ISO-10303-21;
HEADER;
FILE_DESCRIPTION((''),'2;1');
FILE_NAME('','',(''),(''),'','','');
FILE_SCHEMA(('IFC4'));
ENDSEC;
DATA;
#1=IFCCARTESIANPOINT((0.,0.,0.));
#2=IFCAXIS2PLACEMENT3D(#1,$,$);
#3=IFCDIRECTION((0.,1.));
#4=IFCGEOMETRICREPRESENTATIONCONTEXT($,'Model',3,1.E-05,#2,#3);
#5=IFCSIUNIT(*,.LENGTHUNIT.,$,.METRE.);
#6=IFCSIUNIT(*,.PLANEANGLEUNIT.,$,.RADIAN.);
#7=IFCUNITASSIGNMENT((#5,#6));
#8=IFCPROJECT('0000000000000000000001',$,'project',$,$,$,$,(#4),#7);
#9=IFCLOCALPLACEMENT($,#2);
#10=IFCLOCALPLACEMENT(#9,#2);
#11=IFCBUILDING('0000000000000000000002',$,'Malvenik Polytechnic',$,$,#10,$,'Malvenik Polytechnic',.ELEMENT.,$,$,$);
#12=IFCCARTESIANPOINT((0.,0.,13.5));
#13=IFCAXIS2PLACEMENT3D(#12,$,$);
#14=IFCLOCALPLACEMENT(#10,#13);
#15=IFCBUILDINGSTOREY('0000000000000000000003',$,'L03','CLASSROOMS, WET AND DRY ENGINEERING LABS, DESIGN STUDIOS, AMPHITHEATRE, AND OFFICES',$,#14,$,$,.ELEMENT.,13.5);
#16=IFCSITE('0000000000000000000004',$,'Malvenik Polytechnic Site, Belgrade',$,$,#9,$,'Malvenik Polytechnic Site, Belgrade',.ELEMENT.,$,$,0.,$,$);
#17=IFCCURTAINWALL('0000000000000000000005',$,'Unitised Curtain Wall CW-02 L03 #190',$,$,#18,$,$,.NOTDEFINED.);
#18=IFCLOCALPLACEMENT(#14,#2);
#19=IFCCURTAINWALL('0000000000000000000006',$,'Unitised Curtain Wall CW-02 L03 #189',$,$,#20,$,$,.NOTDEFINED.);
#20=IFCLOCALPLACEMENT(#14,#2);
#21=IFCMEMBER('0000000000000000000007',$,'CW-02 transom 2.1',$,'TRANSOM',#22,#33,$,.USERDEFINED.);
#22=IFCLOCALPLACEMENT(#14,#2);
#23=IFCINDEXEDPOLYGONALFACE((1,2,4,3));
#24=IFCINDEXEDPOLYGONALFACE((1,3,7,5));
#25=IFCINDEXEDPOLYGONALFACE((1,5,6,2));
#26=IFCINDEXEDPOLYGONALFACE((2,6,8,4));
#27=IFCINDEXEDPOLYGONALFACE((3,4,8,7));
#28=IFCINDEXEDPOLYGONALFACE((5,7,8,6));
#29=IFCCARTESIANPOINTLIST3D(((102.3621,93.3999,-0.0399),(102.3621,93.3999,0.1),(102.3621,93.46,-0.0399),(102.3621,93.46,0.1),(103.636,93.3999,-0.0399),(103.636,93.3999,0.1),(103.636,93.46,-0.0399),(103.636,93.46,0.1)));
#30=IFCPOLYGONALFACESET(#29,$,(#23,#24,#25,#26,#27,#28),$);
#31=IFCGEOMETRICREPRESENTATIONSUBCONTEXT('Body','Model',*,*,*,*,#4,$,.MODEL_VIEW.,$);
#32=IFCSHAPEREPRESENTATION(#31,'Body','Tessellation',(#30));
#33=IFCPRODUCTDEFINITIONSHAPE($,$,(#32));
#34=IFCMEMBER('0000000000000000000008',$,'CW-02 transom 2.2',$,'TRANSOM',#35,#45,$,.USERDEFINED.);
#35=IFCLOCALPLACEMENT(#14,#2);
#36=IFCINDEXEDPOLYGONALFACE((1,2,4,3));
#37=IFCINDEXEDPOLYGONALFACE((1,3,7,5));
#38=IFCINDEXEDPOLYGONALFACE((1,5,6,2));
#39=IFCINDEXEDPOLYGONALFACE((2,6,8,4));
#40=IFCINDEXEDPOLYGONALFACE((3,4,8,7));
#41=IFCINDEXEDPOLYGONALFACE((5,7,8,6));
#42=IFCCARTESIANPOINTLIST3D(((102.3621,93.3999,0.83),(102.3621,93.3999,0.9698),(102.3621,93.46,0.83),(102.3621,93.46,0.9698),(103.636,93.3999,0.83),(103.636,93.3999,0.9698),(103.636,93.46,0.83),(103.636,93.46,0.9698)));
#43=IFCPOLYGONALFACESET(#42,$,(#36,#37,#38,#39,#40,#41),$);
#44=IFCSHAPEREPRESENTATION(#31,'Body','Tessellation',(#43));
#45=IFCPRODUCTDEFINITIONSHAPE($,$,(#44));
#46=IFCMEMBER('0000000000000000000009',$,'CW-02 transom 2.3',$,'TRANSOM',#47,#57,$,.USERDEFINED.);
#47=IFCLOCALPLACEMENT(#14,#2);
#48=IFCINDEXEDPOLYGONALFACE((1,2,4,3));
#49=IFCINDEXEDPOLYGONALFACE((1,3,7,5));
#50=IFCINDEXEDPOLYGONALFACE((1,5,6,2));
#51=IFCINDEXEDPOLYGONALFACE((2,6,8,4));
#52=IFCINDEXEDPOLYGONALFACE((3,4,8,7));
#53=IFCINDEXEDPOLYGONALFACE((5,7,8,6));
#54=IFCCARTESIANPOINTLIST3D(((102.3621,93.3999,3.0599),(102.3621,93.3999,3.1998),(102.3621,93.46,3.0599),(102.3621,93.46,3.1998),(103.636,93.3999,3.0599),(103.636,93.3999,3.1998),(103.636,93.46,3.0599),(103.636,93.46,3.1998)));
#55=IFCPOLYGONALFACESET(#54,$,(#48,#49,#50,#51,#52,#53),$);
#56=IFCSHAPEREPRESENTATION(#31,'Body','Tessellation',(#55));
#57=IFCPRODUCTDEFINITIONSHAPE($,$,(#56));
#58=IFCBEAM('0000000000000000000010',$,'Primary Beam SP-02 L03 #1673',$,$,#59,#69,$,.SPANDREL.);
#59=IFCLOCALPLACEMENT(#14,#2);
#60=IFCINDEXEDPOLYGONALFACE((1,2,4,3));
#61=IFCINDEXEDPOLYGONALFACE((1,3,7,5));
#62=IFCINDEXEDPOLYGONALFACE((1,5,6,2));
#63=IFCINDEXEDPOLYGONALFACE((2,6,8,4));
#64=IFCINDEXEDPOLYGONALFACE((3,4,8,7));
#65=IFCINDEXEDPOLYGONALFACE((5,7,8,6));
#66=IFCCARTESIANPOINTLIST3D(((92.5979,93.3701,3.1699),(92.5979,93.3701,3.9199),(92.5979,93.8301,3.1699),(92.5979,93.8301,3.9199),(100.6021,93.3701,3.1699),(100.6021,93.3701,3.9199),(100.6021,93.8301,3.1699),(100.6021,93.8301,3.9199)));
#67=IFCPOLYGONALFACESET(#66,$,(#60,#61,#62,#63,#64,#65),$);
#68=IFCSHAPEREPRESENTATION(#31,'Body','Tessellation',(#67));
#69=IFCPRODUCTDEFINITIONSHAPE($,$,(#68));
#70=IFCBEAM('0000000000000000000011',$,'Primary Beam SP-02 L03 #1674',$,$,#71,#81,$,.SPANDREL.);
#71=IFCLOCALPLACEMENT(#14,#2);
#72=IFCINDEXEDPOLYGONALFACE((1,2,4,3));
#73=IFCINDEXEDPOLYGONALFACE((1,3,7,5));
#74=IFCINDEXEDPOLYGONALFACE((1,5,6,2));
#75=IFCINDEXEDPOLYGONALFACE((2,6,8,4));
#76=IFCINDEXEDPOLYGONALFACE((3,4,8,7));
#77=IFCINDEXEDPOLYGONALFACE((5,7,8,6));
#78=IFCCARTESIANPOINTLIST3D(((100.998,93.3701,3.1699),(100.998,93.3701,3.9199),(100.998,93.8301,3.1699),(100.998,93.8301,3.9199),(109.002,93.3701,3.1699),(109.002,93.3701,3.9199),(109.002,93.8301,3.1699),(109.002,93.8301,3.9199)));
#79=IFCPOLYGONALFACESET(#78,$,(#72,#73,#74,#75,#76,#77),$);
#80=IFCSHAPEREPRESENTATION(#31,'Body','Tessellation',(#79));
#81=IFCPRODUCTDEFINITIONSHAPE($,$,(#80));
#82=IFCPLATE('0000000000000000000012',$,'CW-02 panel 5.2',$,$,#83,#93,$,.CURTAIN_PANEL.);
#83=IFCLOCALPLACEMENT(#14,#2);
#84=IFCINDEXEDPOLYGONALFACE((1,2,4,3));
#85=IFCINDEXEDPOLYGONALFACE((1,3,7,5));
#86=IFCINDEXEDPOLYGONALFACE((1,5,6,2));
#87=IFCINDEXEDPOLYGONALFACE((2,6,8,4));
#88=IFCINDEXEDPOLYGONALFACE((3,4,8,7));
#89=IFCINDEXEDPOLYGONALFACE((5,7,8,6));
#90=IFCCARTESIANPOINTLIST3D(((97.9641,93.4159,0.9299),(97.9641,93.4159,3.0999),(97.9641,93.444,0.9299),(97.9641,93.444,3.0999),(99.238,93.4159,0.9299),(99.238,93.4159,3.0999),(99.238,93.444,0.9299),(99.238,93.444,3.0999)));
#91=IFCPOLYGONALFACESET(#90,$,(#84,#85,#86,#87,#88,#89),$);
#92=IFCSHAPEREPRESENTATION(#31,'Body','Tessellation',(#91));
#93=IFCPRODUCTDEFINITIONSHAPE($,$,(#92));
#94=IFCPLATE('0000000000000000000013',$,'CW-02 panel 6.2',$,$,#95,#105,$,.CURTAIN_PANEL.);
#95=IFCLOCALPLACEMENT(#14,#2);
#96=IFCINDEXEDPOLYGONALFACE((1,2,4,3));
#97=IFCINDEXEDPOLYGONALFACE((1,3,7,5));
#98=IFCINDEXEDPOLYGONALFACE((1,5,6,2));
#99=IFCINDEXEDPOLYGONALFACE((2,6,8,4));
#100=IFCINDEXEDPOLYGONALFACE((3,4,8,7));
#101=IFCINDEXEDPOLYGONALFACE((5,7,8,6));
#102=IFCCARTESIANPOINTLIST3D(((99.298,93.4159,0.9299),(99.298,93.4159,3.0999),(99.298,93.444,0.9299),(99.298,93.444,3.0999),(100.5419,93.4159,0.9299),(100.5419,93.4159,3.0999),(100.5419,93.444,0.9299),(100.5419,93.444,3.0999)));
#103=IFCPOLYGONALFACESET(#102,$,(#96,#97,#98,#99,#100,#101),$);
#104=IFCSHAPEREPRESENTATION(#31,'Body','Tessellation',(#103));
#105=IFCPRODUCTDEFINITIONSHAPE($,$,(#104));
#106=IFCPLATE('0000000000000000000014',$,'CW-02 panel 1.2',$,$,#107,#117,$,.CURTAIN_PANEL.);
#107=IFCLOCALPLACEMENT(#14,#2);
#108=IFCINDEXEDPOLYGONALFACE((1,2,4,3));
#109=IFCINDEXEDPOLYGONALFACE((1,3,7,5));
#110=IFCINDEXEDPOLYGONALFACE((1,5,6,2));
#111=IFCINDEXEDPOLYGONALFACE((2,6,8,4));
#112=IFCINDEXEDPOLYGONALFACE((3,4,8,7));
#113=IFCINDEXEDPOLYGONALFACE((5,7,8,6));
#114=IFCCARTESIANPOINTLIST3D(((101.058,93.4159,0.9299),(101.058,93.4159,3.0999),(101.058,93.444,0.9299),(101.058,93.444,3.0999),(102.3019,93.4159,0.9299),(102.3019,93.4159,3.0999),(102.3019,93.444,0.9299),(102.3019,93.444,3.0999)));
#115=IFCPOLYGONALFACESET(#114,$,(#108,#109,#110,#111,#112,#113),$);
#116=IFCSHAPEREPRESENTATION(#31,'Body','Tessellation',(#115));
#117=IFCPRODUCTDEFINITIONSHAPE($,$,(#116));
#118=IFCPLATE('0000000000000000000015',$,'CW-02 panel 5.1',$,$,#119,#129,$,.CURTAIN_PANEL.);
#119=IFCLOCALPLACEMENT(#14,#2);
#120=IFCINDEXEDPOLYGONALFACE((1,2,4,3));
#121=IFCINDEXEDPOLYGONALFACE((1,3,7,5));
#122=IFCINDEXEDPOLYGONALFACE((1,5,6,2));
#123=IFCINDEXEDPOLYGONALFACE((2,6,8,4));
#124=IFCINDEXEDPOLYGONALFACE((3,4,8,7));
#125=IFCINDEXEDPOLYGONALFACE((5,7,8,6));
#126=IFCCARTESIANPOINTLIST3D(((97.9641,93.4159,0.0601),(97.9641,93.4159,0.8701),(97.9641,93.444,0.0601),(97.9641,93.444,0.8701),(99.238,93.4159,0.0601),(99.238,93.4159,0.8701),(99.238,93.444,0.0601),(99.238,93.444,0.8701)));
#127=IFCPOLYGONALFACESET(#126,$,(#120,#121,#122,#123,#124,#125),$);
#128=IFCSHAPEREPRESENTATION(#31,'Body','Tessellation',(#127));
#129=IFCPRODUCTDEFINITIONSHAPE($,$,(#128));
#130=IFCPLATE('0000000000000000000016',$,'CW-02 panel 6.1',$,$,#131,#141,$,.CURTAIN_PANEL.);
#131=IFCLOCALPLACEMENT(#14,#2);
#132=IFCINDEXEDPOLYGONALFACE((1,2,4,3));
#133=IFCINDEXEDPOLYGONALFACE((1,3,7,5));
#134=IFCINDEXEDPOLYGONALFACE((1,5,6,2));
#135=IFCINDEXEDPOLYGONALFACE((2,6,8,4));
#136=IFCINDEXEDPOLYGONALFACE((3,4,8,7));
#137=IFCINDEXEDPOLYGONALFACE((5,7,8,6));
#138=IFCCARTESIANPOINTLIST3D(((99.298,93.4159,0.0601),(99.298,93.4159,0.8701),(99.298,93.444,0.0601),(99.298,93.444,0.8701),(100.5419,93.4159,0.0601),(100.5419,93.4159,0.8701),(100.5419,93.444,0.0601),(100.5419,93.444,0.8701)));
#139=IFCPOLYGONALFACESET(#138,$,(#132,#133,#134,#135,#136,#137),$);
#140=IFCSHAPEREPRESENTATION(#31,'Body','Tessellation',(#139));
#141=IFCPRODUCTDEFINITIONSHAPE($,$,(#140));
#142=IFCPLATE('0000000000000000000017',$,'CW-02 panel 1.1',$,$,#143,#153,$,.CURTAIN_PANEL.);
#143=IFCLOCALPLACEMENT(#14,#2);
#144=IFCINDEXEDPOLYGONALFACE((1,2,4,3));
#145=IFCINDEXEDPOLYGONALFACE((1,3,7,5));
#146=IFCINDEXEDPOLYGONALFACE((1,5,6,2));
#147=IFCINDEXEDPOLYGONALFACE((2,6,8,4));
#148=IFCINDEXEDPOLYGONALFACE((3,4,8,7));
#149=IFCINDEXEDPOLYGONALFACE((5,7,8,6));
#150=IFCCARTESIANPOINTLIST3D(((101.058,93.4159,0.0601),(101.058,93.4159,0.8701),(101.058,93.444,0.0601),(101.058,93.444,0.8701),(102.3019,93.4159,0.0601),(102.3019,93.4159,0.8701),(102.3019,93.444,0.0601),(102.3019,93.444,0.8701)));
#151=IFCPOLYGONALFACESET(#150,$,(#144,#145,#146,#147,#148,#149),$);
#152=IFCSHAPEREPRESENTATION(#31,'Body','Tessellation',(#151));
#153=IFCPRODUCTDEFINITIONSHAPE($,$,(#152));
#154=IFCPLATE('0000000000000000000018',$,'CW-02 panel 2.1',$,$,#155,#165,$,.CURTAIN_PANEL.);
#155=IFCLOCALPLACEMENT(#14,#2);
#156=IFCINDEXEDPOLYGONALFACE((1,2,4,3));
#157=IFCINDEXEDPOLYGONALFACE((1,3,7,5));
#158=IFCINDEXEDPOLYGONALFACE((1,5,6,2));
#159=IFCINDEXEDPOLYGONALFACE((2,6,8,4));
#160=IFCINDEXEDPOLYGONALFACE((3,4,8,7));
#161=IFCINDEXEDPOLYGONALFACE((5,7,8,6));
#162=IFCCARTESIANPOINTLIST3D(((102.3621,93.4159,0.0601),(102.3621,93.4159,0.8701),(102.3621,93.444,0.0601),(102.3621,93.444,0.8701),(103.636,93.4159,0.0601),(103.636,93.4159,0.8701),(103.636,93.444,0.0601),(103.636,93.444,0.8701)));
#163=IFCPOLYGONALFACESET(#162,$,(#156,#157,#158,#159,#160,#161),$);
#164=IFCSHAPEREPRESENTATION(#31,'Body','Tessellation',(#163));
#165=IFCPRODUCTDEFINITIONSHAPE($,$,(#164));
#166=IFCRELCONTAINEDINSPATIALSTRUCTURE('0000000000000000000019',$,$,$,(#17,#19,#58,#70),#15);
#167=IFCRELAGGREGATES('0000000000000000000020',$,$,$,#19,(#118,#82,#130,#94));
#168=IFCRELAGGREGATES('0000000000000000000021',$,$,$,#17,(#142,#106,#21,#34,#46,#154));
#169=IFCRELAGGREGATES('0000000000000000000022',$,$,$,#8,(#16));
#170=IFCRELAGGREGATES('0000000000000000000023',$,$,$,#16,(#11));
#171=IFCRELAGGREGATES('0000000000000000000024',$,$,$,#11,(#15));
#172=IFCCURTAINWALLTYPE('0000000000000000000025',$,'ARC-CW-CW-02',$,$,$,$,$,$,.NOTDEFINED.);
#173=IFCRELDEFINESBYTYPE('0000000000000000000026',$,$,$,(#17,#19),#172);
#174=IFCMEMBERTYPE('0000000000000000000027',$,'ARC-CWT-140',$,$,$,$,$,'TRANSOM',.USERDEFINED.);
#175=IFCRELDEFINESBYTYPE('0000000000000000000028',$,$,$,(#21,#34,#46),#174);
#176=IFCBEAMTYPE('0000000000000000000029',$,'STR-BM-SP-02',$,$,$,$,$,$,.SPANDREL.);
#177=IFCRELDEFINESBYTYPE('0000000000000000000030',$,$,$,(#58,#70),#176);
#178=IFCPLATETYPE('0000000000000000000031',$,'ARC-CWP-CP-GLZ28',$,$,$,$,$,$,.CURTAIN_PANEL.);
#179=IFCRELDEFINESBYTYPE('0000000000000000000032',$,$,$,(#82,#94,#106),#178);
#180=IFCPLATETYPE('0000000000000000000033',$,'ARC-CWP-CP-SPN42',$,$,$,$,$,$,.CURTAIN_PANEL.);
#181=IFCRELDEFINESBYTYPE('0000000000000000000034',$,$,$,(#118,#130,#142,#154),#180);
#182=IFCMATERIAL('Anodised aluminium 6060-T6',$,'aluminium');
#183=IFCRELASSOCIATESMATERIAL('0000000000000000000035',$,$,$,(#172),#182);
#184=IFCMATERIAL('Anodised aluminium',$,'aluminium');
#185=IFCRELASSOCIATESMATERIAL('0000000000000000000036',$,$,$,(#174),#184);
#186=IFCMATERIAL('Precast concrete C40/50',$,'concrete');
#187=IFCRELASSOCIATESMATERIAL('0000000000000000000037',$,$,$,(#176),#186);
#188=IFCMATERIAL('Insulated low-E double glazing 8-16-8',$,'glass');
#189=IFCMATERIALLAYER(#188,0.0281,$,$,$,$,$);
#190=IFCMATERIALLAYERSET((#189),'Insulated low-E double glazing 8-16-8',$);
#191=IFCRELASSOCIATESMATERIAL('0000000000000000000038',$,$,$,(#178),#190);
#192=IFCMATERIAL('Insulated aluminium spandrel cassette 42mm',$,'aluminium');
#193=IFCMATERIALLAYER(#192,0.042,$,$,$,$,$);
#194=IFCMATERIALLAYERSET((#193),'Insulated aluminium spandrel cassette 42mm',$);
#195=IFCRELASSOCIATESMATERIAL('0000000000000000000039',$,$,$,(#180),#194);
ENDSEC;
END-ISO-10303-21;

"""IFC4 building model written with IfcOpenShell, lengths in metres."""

from ifc_helpers import new_model, si_unit, direction, frame, origin, origin_2d, place, context, subcontext, project, spatial, rectangle, extrude, material, layer, layer_set, material_profile, profile_set, type_object, element, aggregate, save


model = new_model("IFC4")

# Units and contexts
model_context = context("Model", 3, precision=1e-05, world=origin(), true_north=direction((0.0, 1.0)))
body_context = subcontext(model_context, "Body", "Model", "MODEL_VIEW")
ifc_project = project(units=[si_unit("LENGTHUNIT", "METRE"), si_unit("PLANEANGLEUNIT", "RADIAN")], contexts=[model_context])

# Site, building, storey
site_placement = place(None, origin())
site = spatial("IfcSite", under=ifc_project, at=site_placement, Name="Malvenik Polytechnic Site, Belgrade", LongName="Malvenik Polytechnic Site, Belgrade", CompositionType="ELEMENT", RefElevation=0.0)
building_placement = place(site_placement, origin())
building = spatial("IfcBuilding", under=site, at=building_placement, Name="Malvenik Polytechnic", LongName="Malvenik Polytechnic", CompositionType="ELEMENT")
storey_placement = place(building_placement, frame((0.0, 0.0, 13.5)))
storey = spatial("IfcBuildingStorey", under=building, at=storey_placement, Name="L03", Description="CLASSROOMS, WET AND DRY ENGINEERING LABS, DESIGN STUDIOS, AMPHITHEATRE, AND OFFICES", CompositionType="ELEMENT", Elevation=13.5)

# Curtain walls
ifc_material_1 = material(Name="Anodised aluminium 6060-T6", Category="aluminium")
curtain_wall_type = type_object("IfcCurtainWallType", Name="ARC-CW-CW-02", PredefinedType="NOTDEFINED", material=ifc_material_1)
curtain_wall_1_placement = place(storey_placement, origin())
curtain_wall_1 = element("IfcCurtainWall", 1, at=curtain_wall_1_placement, inside=storey, type_object=curtain_wall_type, Name="Unitised Curtain Wall CW-02 L03 #190", PredefinedType="NOTDEFINED")
ifc_material_2 = material(Name="Anodised aluminium", Category="aluminium")
curtain_wall_2_placement = place(storey_placement, origin())
curtain_wall_2 = element("IfcCurtainWall", 2, at=curtain_wall_2_placement, inside=storey, type_object=curtain_wall_type, Name="Unitised Curtain Wall CW-02 L03 #189", PredefinedType="NOTDEFINED")

# Members
ifc_material_profile_1 = material_profile(ifc_material_2, rectangle(XDim=0.0601, YDim=0.1399, at=origin_2d()), Name="ALU TRANSOM 60x140")
ifc_profile_set_1 = profile_set([ifc_material_profile_1], Name="Anodised aluminium")
member_type_1 = type_object("IfcMemberType", Name="ARC-CWT-140", ElementType="TRANSOM", PredefinedType="USERDEFINED", material=ifc_profile_set_1)
member_1_placement = place(storey_placement, frame((102.3621, 93.4299, 0.03), z_axis=(1.0, 0.0, 0.0), x_axis=(0.0, 1.0, 0.0)))
member_1 = element("IfcMember", 3, at=member_1_placement, type_object=member_type_1, Name="CW-02 transom 2.1", ObjectType="TRANSOM", PredefinedType="USERDEFINED", context=body_context, shape_type="SweptSolid", body=[
    extrude(rectangle(XDim=0.0601, YDim=0.1399, at=origin_2d()), origin(), (0.0, 0.0, 1.0), 1.2739),
])
member_2_placement = place(storey_placement, frame((102.3621, 93.4299, 0.8999), z_axis=(1.0, 0.0, 0.0), x_axis=(0.0, 1.0, 0.0)))
member_2 = element("IfcMember", 4, at=member_2_placement, type_object=member_type_1, Name="CW-02 transom 2.2", ObjectType="TRANSOM", PredefinedType="USERDEFINED", context=body_context, shape_type="SweptSolid", body=[
    extrude(rectangle(XDim=0.0601, YDim=0.1399, at=origin_2d()), origin(), (0.0, 0.0, 1.0), 1.2739),
])
member_3_placement = place(storey_placement, frame((102.3621, 93.4299, 3.1299), z_axis=(1.0, 0.0, 0.0), x_axis=(0.0, 1.0, 0.0)))
member_3 = element("IfcMember", 5, at=member_3_placement, type_object=member_type_1, Name="CW-02 transom 2.3", ObjectType="TRANSOM", PredefinedType="USERDEFINED", context=body_context, shape_type="SweptSolid", body=[
    extrude(rectangle(XDim=0.0601, YDim=0.1399, at=origin_2d()), origin(), (0.0, 0.0, 1.0), 1.2739),
])

# Beams
ifc_material_3 = material(Name="Precast concrete C40/50", Category="concrete")
ifc_material_profile_2 = material_profile(ifc_material_3, rectangle(XDim=0.46, YDim=0.75, at=origin_2d()), Name="PC SPN 460x750")
ifc_profile_set_2 = profile_set([ifc_material_profile_2], Name="Precast concrete C40/50")
beam_type = type_object("IfcBeamType", Name="STR-BM-SP-02", PredefinedType="SPANDREL", material=ifc_profile_set_2)
beam_1_placement = place(storey_placement, frame((92.5979, 93.6001, 3.5449), z_axis=(1.0, 0.0, 0.0), x_axis=(0.0, 1.0, 0.0)))
element("IfcBeam", 6, at=beam_1_placement, inside=storey, type_object=beam_type, Name="Primary Beam SP-02 L03 #1673", PredefinedType="SPANDREL", context=body_context, shape_type="SweptSolid", body=[
    extrude(rectangle(XDim=0.46, YDim=0.75, at=origin_2d()), origin(), (0.0, 0.0, 1.0), 8.0042),
])
beam_2_placement = place(storey_placement, frame((100.998, 93.6001, 3.5449), z_axis=(1.0, 0.0, 0.0), x_axis=(0.0, 1.0, 0.0)))
element("IfcBeam", 7, at=beam_2_placement, inside=storey, type_object=beam_type, Name="Primary Beam SP-02 L03 #1674", PredefinedType="SPANDREL", context=body_context, shape_type="SweptSolid", body=[
    extrude(rectangle(XDim=0.46, YDim=0.75, at=origin_2d()), origin(), (0.0, 0.0, 1.0), 8.0039),
])

# Plates
ifc_material_4 = material(Name="Insulated low-E double glazing 8-16-8", Category="glass")
ifc_layer_1 = layer(ifc_material_4, 0.0281)
ifc_layer_set_1 = layer_set([ifc_layer_1], Name="Insulated low-E double glazing 8-16-8")
plate_type_1 = type_object("IfcPlateType", Name="ARC-CWP-CP-GLZ28", PredefinedType="CURTAIN_PANEL", material=ifc_layer_set_1)
plate_1_placement = place(storey_placement, frame((98.6011, 93.4299, 0.9299), z_axis=(0.0, 0.0, 1.0), x_axis=(1.0, 0.0, 0.0)))
plate_1 = element("IfcPlate", 8, at=plate_1_placement, type_object=plate_type_1, Name="CW-02 panel 5.2", PredefinedType="CURTAIN_PANEL", context=body_context, shape_type="SweptSolid", body=[
    extrude(rectangle(XDim=1.2739, YDim=0.0281, at=origin_2d()), origin(), (0.0, 0.0, 1.0), 2.1699),
])
plate_2_placement = place(storey_placement, frame((99.9199, 93.4299, 0.9299), z_axis=(0.0, 0.0, 1.0), x_axis=(1.0, 0.0, 0.0)))
plate_2 = element("IfcPlate", 9, at=plate_2_placement, type_object=plate_type_1, Name="CW-02 panel 6.2", PredefinedType="CURTAIN_PANEL", context=body_context, shape_type="SweptSolid", body=[
    extrude(rectangle(XDim=1.2439, YDim=0.0281, at=origin_2d()), origin(), (0.0, 0.0, 1.0), 2.1699),
])
plate_3_placement = place(storey_placement, frame((101.6799, 93.4299, 0.9299), z_axis=(0.0, 0.0, 1.0), x_axis=(1.0, 0.0, 0.0)))
plate_3 = element("IfcPlate", 10, at=plate_3_placement, type_object=plate_type_1, Name="CW-02 panel 1.2", PredefinedType="CURTAIN_PANEL", context=body_context, shape_type="SweptSolid", body=[
    extrude(rectangle(XDim=1.2439, YDim=0.0281, at=origin_2d()), origin(), (0.0, 0.0, 1.0), 2.1699),
])
ifc_material_5 = material(Name="Insulated aluminium spandrel cassette 42mm", Category="aluminium")
ifc_layer_2 = layer(ifc_material_5, 0.042)
ifc_layer_set_2 = layer_set([ifc_layer_2], Name="Insulated aluminium spandrel cassette 42mm")
plate_type_2 = type_object("IfcPlateType", Name="ARC-CWP-CP-SPN42", PredefinedType="CURTAIN_PANEL", material=ifc_layer_set_2)
plate_4_placement = place(storey_placement, frame((98.6011, 93.4299, 0.0601), z_axis=(0.0, 0.0, 1.0), x_axis=(1.0, 0.0, 0.0)))
plate_4 = element("IfcPlate", 11, at=plate_4_placement, type_object=plate_type_2, Name="CW-02 panel 5.1", PredefinedType="CURTAIN_PANEL", context=body_context, shape_type="SweptSolid", body=[
    extrude(rectangle(XDim=1.2739, YDim=0.0281, at=origin_2d()), origin(), (0.0, 0.0, 1.0), 0.8101),
])
plate_5_placement = place(storey_placement, frame((99.9199, 93.4299, 0.0601), z_axis=(0.0, 0.0, 1.0), x_axis=(1.0, 0.0, 0.0)))
plate_5 = element("IfcPlate", 12, at=plate_5_placement, type_object=plate_type_2, Name="CW-02 panel 6.1", PredefinedType="CURTAIN_PANEL", context=body_context, shape_type="SweptSolid", body=[
    extrude(rectangle(XDim=1.2439, YDim=0.0281, at=origin_2d()), origin(), (0.0, 0.0, 1.0), 0.8101),
])
aggregate(curtain_wall_2, [plate_4, plate_1, plate_5, plate_2])
plate_6_placement = place(storey_placement, frame((101.6799, 93.4299, 0.0601), z_axis=(0.0, 0.0, 1.0), x_axis=(1.0, 0.0, 0.0)))
plate_6 = element("IfcPlate", 13, at=plate_6_placement, type_object=plate_type_2, Name="CW-02 panel 1.1", PredefinedType="CURTAIN_PANEL", context=body_context, shape_type="SweptSolid", body=[
    extrude(rectangle(XDim=1.2439, YDim=0.0281, at=origin_2d()), origin(), (0.0, 0.0, 1.0), 0.8101),
])
plate_7_placement = place(storey_placement, frame((102.999, 93.4299, 0.0601), z_axis=(0.0, 0.0, 1.0), x_axis=(1.0, 0.0, 0.0)))
plate_7 = element("IfcPlate", 14, at=plate_7_placement, type_object=plate_type_2, Name="CW-02 panel 2.1", PredefinedType="CURTAIN_PANEL", context=body_context, shape_type="SweptSolid", body=[
    extrude(rectangle(XDim=1.2739, YDim=0.0281, at=origin_2d()), origin(), (0.0, 0.0, 1.0), 0.8101),
])
aggregate(curtain_wall_1, [plate_6, plate_3, member_1, member_2, member_3, plate_7])

save(model, "model.ifc")
